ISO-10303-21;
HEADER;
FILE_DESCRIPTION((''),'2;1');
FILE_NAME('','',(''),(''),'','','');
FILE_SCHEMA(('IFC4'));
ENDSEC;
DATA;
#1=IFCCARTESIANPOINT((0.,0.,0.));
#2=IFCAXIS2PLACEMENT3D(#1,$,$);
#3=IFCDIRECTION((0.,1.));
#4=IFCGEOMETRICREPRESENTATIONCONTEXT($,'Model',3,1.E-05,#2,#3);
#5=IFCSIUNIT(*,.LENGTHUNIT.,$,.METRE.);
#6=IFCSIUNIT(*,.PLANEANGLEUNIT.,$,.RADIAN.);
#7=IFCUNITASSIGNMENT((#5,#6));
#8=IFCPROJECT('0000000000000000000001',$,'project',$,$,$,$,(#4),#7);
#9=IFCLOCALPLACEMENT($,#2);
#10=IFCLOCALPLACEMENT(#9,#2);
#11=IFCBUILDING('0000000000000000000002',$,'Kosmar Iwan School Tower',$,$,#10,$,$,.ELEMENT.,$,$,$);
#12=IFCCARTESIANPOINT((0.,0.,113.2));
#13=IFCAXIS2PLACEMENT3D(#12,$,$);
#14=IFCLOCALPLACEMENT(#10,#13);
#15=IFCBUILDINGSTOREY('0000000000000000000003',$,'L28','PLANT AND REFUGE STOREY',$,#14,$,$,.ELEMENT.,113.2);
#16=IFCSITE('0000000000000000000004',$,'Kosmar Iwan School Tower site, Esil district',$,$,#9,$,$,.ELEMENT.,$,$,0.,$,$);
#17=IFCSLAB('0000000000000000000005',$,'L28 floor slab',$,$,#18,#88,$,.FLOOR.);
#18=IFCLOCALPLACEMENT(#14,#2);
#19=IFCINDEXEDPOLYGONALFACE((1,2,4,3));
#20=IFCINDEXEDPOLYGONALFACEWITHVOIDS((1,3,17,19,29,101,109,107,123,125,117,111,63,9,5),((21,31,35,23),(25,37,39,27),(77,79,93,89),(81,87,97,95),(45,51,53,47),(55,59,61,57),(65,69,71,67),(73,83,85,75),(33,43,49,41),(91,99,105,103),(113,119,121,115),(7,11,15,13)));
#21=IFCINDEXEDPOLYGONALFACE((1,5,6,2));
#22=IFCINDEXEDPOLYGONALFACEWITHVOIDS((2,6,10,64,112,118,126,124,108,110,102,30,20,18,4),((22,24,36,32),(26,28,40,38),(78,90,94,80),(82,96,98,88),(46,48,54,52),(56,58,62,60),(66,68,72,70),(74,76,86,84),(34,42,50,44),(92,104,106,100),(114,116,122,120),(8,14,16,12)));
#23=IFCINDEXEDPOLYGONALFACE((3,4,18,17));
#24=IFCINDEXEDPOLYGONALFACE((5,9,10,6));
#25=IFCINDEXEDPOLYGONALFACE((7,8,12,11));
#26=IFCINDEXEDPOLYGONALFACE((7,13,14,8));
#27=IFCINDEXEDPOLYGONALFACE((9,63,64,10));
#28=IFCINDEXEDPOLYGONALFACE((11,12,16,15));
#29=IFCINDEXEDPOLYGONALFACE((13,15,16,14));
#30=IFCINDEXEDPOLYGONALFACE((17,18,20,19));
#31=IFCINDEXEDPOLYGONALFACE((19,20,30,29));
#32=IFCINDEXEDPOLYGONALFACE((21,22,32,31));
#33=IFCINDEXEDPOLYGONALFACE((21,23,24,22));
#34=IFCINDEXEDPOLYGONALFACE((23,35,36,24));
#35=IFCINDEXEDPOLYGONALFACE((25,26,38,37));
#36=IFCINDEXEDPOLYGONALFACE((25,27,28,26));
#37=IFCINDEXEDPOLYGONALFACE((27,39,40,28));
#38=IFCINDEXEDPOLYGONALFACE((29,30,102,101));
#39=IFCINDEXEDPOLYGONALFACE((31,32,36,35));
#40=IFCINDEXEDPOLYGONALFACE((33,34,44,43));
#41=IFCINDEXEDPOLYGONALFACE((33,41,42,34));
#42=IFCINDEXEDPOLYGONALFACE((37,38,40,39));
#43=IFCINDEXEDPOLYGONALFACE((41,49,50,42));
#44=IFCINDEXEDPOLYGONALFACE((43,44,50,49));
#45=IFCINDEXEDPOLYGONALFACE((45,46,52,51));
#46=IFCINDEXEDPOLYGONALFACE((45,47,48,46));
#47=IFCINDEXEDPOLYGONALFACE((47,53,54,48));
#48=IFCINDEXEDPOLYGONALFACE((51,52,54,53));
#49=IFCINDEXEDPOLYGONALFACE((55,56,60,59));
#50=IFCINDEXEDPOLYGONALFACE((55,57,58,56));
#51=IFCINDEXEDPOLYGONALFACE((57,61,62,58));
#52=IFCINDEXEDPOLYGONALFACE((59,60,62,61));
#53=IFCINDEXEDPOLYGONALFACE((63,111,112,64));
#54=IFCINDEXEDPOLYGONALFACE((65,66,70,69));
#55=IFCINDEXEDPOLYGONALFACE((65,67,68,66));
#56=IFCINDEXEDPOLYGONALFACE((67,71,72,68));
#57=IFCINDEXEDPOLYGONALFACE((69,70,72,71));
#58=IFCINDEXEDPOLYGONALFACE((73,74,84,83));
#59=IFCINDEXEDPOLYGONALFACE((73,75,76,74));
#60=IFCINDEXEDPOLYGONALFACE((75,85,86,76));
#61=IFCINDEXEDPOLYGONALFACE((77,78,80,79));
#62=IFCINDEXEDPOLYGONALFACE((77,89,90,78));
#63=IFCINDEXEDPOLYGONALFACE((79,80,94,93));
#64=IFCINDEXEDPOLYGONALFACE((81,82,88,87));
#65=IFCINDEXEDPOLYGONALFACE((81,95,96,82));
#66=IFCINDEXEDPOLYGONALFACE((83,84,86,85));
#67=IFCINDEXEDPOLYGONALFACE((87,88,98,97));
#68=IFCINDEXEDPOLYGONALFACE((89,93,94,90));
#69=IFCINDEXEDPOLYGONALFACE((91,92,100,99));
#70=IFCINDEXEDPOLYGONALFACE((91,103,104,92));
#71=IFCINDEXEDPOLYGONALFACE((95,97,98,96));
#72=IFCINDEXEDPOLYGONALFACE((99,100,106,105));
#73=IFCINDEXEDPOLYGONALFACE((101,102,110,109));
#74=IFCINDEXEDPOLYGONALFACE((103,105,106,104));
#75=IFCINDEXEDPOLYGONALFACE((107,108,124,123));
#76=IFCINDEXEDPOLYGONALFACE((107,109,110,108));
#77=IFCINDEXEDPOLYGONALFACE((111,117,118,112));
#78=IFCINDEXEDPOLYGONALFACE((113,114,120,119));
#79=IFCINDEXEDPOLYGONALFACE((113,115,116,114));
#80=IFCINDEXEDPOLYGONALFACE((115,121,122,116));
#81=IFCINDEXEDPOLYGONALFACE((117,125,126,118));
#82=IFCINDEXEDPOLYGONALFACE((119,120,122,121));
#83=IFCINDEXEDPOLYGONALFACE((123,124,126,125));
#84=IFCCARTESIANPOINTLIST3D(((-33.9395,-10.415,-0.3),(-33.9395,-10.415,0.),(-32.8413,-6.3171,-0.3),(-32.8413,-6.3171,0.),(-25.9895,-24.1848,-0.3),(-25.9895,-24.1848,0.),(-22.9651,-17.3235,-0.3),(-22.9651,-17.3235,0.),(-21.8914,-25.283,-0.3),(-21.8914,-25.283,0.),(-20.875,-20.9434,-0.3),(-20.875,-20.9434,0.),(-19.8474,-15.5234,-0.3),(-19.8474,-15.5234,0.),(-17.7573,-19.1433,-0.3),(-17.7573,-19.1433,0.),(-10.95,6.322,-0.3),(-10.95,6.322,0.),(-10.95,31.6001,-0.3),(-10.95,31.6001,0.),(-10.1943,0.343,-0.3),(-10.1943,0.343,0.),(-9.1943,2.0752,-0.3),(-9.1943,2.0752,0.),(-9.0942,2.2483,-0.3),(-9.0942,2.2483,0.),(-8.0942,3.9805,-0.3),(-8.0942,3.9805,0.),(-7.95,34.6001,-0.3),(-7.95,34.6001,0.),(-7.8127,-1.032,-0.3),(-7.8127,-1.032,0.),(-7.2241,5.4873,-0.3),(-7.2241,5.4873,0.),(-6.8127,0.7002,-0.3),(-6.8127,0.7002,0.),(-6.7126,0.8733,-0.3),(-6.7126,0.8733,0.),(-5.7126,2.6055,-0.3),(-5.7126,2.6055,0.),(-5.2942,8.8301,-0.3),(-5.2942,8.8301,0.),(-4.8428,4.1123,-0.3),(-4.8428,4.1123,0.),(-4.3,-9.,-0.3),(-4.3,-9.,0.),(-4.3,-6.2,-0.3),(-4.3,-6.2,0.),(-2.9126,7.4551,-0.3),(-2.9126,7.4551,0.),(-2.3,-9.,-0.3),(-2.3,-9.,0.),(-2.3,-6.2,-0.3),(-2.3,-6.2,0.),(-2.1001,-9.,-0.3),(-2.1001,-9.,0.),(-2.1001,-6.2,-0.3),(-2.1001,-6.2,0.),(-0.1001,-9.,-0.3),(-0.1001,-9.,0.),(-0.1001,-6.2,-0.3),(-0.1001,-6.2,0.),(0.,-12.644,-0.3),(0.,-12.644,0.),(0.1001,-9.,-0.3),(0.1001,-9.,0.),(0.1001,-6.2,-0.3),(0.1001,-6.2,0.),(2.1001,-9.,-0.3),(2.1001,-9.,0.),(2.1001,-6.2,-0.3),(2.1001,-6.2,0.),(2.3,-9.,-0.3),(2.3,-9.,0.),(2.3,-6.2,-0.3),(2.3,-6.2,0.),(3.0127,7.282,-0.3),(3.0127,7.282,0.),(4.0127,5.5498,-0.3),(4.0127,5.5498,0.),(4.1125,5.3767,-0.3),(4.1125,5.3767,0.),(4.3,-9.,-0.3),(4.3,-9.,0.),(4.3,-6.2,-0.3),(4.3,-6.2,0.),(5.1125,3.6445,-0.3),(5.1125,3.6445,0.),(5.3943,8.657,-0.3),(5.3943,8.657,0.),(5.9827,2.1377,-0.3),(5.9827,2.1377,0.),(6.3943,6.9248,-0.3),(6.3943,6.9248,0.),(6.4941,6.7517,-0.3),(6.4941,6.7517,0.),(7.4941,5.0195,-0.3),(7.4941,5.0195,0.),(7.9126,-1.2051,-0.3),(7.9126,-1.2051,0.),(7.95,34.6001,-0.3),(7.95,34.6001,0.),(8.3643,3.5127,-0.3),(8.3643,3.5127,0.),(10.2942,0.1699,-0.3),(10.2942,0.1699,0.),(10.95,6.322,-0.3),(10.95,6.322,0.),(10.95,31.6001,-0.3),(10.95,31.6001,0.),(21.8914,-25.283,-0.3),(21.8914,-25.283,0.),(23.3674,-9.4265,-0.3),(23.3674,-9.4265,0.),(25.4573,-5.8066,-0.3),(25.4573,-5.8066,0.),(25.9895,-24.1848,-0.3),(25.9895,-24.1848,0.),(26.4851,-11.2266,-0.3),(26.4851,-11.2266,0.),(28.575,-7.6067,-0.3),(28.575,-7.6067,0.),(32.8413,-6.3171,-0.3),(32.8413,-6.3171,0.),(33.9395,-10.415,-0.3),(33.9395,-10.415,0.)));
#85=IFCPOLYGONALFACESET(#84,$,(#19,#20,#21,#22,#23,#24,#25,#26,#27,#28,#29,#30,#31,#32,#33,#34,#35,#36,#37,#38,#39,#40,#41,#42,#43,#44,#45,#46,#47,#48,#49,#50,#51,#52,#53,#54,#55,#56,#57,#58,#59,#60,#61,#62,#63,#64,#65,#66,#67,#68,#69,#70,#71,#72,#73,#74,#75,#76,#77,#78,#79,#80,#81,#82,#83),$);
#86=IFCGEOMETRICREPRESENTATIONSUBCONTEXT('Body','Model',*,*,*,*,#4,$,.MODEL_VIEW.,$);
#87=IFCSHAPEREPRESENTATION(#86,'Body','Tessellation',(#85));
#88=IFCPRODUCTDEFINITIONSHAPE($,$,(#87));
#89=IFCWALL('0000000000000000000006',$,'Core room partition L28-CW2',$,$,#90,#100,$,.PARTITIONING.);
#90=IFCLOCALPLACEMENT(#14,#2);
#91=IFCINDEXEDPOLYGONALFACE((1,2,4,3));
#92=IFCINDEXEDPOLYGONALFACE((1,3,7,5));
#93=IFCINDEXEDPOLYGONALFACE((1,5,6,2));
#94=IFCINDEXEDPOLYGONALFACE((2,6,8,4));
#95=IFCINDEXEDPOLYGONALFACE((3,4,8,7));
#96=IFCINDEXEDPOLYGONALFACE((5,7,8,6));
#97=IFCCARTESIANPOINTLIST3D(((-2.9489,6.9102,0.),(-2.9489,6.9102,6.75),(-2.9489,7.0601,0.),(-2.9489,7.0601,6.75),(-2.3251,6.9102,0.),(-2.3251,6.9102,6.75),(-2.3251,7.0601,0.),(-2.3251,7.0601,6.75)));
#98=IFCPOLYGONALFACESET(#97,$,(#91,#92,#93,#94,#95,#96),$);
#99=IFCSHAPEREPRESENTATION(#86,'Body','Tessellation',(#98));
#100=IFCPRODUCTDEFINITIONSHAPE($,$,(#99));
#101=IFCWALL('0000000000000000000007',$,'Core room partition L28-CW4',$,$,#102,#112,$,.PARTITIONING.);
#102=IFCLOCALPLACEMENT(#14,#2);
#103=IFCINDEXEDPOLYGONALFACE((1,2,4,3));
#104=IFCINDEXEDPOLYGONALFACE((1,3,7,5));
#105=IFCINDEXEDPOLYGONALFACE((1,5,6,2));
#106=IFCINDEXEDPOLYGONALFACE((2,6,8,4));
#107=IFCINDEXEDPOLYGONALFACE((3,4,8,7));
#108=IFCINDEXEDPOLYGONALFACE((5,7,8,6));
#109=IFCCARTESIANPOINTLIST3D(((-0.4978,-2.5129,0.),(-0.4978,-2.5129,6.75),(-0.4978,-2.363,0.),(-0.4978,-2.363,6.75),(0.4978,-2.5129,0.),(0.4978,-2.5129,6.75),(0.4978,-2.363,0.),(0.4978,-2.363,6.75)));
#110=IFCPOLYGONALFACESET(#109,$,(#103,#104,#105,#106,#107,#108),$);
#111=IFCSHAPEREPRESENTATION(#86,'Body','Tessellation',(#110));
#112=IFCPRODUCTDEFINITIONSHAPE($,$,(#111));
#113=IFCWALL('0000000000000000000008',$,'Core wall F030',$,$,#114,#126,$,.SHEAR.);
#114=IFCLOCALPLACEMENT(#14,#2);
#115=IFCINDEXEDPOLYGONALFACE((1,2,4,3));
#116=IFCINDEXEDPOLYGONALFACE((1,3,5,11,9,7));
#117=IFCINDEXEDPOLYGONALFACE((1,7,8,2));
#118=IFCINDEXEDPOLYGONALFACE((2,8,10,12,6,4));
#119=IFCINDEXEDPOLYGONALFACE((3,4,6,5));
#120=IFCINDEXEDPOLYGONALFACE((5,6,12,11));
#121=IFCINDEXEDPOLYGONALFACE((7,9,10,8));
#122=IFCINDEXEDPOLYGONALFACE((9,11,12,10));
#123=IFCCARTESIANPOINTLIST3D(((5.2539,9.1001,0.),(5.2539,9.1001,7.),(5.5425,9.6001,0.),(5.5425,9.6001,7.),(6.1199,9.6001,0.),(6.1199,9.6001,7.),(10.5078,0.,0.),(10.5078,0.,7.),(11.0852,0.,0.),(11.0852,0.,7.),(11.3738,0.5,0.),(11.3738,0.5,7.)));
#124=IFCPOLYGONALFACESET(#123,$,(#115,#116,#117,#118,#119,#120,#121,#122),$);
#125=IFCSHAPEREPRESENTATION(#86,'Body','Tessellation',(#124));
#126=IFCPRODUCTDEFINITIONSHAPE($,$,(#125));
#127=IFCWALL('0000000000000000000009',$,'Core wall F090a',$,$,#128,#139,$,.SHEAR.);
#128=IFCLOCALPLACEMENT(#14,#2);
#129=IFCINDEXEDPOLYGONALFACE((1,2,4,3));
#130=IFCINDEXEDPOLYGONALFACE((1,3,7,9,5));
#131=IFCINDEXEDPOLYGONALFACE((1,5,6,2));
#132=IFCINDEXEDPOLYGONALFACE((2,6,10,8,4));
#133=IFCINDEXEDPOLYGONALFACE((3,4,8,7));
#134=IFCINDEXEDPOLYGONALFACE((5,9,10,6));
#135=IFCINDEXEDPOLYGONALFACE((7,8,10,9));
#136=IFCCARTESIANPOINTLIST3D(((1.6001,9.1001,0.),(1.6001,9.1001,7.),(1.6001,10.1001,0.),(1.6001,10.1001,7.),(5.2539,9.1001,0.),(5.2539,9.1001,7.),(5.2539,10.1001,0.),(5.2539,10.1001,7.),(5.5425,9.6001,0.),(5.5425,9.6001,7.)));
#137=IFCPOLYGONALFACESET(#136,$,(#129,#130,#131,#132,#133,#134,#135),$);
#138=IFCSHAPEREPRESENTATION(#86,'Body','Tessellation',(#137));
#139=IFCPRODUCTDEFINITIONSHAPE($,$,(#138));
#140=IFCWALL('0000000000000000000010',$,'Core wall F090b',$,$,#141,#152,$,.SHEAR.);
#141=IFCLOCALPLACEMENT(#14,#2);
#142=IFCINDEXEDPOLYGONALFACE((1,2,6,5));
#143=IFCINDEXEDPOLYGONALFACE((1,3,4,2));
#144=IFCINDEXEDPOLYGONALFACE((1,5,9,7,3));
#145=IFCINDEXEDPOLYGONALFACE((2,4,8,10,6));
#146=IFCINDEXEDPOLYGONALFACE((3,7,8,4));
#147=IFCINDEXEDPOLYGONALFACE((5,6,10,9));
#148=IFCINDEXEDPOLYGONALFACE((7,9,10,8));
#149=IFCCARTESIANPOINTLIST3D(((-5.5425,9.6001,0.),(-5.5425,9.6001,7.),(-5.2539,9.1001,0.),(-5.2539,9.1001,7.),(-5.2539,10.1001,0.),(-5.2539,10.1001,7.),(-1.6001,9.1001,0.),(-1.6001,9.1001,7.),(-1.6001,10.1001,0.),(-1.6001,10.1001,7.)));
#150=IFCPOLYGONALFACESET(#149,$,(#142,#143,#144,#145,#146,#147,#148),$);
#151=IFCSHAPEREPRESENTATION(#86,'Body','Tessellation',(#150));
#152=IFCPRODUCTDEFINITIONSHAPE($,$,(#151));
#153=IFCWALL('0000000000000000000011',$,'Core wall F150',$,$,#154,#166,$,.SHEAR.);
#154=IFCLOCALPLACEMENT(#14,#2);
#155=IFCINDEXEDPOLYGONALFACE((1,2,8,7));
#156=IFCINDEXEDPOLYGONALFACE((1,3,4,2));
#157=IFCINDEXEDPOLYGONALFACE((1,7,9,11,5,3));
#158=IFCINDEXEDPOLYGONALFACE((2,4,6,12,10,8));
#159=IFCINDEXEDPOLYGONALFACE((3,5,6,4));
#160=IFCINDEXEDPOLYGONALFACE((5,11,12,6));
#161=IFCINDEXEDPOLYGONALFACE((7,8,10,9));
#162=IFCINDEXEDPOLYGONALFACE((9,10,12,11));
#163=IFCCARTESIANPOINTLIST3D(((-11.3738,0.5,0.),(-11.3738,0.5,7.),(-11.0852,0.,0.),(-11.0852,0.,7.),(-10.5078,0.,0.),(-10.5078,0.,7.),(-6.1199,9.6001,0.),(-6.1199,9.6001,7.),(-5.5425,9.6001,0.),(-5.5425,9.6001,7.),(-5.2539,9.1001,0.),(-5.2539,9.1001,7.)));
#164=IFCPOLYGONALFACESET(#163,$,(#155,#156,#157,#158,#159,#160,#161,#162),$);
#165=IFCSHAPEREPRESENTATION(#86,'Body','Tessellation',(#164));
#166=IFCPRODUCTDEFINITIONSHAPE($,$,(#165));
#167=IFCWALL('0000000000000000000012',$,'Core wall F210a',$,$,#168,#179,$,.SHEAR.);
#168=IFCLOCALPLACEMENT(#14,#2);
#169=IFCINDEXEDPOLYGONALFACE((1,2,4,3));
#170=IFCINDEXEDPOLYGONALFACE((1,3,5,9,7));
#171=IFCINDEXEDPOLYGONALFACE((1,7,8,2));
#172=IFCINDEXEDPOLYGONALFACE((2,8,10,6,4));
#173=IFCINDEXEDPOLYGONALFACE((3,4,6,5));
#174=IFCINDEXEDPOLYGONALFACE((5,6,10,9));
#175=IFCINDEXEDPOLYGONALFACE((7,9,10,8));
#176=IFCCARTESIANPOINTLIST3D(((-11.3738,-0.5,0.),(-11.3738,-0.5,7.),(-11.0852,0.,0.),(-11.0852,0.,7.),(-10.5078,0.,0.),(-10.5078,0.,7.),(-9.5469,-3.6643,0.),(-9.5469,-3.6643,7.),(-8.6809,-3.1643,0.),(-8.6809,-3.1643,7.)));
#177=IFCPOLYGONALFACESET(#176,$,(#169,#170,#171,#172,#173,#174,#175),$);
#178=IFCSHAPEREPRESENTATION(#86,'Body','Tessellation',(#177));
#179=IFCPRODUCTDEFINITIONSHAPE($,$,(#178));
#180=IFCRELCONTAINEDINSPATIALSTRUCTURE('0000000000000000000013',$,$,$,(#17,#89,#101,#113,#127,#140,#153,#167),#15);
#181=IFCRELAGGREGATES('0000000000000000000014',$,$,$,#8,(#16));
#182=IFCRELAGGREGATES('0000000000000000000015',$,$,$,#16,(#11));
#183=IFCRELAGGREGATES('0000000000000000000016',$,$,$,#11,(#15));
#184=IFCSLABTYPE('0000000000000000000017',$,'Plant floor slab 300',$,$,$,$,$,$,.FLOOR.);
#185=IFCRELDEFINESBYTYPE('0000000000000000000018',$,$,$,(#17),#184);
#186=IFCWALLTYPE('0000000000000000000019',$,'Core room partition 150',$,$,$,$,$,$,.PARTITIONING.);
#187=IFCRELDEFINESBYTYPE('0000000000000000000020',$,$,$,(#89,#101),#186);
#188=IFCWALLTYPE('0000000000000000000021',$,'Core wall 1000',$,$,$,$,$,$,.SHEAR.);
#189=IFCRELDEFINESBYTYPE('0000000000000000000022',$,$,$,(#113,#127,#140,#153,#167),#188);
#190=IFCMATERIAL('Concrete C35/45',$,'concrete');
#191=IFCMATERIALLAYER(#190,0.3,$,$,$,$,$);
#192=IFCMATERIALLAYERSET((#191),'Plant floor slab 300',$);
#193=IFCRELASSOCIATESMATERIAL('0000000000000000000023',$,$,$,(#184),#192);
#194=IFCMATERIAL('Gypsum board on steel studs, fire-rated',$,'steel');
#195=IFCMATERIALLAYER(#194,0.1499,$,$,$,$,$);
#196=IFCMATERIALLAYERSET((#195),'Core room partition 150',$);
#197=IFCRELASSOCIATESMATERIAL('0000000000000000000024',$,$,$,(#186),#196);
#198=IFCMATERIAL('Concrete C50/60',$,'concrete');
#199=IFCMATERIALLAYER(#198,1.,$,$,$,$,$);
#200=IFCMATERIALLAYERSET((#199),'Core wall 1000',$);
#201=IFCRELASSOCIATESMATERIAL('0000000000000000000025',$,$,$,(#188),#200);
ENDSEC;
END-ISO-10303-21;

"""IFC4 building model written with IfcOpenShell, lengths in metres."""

from ifc_helpers import new_model, si_unit, direction, frame, frame_2d, origin, place, context, subcontext, project, spatial, polyline, rectangle, outline, extrude, material, layer, layer_set, type_object, element, save


model = new_model("IFC4")

# Units and contexts
model_context = context("Model", 3, precision=1e-05, world=origin(), true_north=direction((0.0, 1.0)))
body_context = subcontext(model_context, "Body", "Model", "MODEL_VIEW")
ifc_project = project(units=[si_unit("LENGTHUNIT", "METRE"), si_unit("PLANEANGLEUNIT", "RADIAN")], contexts=[model_context])

# Site, building, storey
site_placement = place(None, origin())
site = spatial("IfcSite", under=ifc_project, at=site_placement, Name="Kosmar Iwan School Tower site, Esil district", CompositionType="ELEMENT", RefElevation=0.0)
building_placement = place(site_placement, origin())
building = spatial("IfcBuilding", under=site, at=building_placement, Name="Kosmar Iwan School Tower", CompositionType="ELEMENT")
storey_placement = place(building_placement, frame((0.0, 0.0, 113.2)))
storey = spatial("IfcBuildingStorey", under=building, at=storey_placement, Name="L28", Description="PLANT AND REFUGE STOREY", CompositionType="ELEMENT", Elevation=113.2)

# Slab
ifc_material_1 = material(Name="Concrete C35/45", Category="concrete")
ifc_layer_1 = layer(ifc_material_1, 0.3)
ifc_layer_set_1 = layer_set([ifc_layer_1], Name="Plant floor slab 300")
slab_type = type_object("IfcSlabType", Name="Plant floor slab 300", PredefinedType="FLOOR", material=ifc_layer_set_1)
slab_placement = place(storey_placement, frame((0.0, 0.0, -0.3)))
element("IfcSlab", 1, at=slab_placement, inside=storey, type_object=slab_type, Name="L28 floor slab", PredefinedType="FLOOR", context=body_context, shape_type="SweptSolid", body=[
    extrude(outline(polyline([(-21.8914, -25.283), (0.0, -12.644), (21.8914, -25.283), (25.9895, -24.1848), (33.9395, -10.415), (32.8413, -6.3171), (10.95, 6.322), (10.95, 31.6001), (7.95, 34.6001), (-7.95, 34.6001), (-10.95, 31.6001), (-10.95, 6.322), (-32.8413, -6.3171), (-33.9395, -10.415), (-25.9895, -24.1848), (-21.8914, -25.283)]), holes=[polyline([(7.9126, -1.2051), (10.2942, 0.1699), (8.3643, 3.5127), (5.9827, 2.1377), (7.9126, -1.2051)]), polyline([(-2.9126, 7.4551), (-5.2942, 8.8301), (-7.2241, 5.4873), (-4.8428, 4.1123), (-2.9126, 7.4551)]), polyline([(-5.7126, 2.6055), (-8.0942, 3.9805), (-9.0942, 2.2483), (-6.7126, 0.8733), (-5.7126, 2.6055)]), polyline([(-6.8127, 0.7002), (-9.1943, 2.0752), (-10.1943, 0.343), (-7.8127, -1.032), (-6.8127, 0.7002)]), polyline([(5.1125, 3.6445), (7.4941, 5.0195), (6.4941, 6.7517), (4.1125, 5.3767), (5.1125, 3.6445)]), polyline([(4.0127, 5.5498), (6.3943, 6.9248), (5.3943, 8.657), (3.0127, 7.282), (4.0127, 5.5498)]), polyline([(-4.3, -6.2), (-4.3, -9.0), (-2.3, -9.0), (-2.3, -6.2), (-4.3, -6.2)]), polyline([(-2.1001, -6.2), (-2.1001, -9.0), (-0.1001, -9.0), (-0.1001, -6.2), (-2.1001, -6.2)]), polyline([(0.1001, -6.2), (0.1001, -9.0), (2.1001, -9.0), (2.1001, -6.2), (0.1001, -6.2)]), polyline([(2.3, -6.2), (2.3, -9.0), (4.3, -9.0), (4.3, -6.2), (2.3, -6.2)]), polyline([(-19.8474, -15.5234), (-22.9651, -17.3235), (-20.875, -20.9434), (-17.7573, -19.1433), (-19.8474, -15.5234)]), polyline([(23.3674, -9.4265), (26.4851, -11.2266), (28.575, -7.6067), (25.4573, -5.8066), (23.3674, -9.4265)])]), origin(), (0.0, 0.0, 1.0), 0.3),
])

# Walls
ifc_material_2 = material(Name="Gypsum board on steel studs, fire-rated", Category="steel")
ifc_layer_2 = layer(ifc_material_2, 0.1499)
ifc_layer_set_2 = layer_set([ifc_layer_2], Name="Core room partition 150")
wall_type_1 = type_object("IfcWallType", Name="Core room partition 150", PredefinedType="PARTITIONING", material=ifc_layer_set_2)
wall_1_placement = place(storey_placement, frame((-2.325, 6.9851, 0.0), z_axis=(0.0, 0.0, 1.0), x_axis=(-1.0, 0.0, 0.0)))
element("IfcWall", 2, at=wall_1_placement, inside=storey, type_object=wall_type_1, Name="Core room partition L28-CW2", PredefinedType="PARTITIONING", context=body_context, shape_type="SweptSolid", body=[
    extrude(rectangle(XDim=0.6238, YDim=0.1499, at=frame_2d((0.312, 0.0))), origin(), (0.0, 0.0, 1.0), 6.75),
])
wall_2_placement = place(storey_placement, frame((-0.4978, -2.438, 0.0), z_axis=(0.0, 0.0, 1.0), x_axis=(1.0, 0.0, 0.0)))
element("IfcWall", 3, at=wall_2_placement, inside=storey, type_object=wall_type_1, Name="Core room partition L28-CW4", PredefinedType="PARTITIONING", context=body_context, shape_type="SweptSolid", body=[
    extrude(rectangle(XDim=0.9956, YDim=0.1499, at=frame_2d((0.4978, 0.0))), origin(), (0.0, 0.0, 1.0), 6.75),
])
ifc_material_3 = material(Name="Concrete C50/60", Category="concrete")
ifc_layer_3 = layer(ifc_material_3, 1.0)
ifc_layer_set_3 = layer_set([ifc_layer_3], Name="Core wall 1000")
wall_type_2 = type_object("IfcWallType", Name="Core wall 1000", PredefinedType="SHEAR", material=ifc_layer_set_3)
wall_3_placement = place(storey_placement, origin())
element("IfcWall", 4, at=wall_3_placement, inside=storey, type_object=wall_type_2, Name="Core wall F030", PredefinedType="SHEAR", context=body_context, shape_type="SweptSolid", body=[
    extrude(outline(polyline([(10.5078, 0.0), (11.0852, 0.0), (11.3738, 0.5), (6.1199, 9.6001), (5.5425, 9.6001), (5.2539, 9.1001), (10.5078, 0.0)])), origin(), (0.0, 0.0, 1.0), 7.0),
])
wall_4_placement = place(storey_placement, origin())
element("IfcWall", 5, at=wall_4_placement, inside=storey, type_object=wall_type_2, Name="Core wall F090a", PredefinedType="SHEAR", context=body_context, shape_type="SweptSolid", body=[
    extrude(outline(polyline([(1.6001, 9.1001), (5.2539, 9.1001), (5.5425, 9.6001), (5.2539, 10.1001), (1.6001, 10.1001), (1.6001, 9.1001)])), origin(), (0.0, 0.0, 1.0), 7.0),
])
wall_5_placement = place(storey_placement, origin())
element("IfcWall", 6, at=wall_5_placement, inside=storey, type_object=wall_type_2, Name="Core wall F090b", PredefinedType="SHEAR", context=body_context, shape_type="SweptSolid", body=[
    extrude(outline(polyline([(-5.2539, 9.1001), (-1.6001, 9.1001), (-1.6001, 10.1001), (-5.2539, 10.1001), (-5.5425, 9.6001), (-5.2539, 9.1001)])), origin(), (0.0, 0.0, 1.0), 7.0),
])
wall_6_placement = place(storey_placement, origin())
element("IfcWall", 7, at=wall_6_placement, inside=storey, type_object=wall_type_2, Name="Core wall F150", PredefinedType="SHEAR", context=body_context, shape_type="SweptSolid", body=[
    extrude(outline(polyline([(-11.0852, 0.0), (-10.5078, 0.0), (-5.2539, 9.1001), (-5.5425, 9.6001), (-6.1199, 9.6001), (-11.3738, 0.5), (-11.0852, 0.0)])), origin(), (0.0, 0.0, 1.0), 7.0),
])
wall_7_placement = place(storey_placement, origin())
element("IfcWall", 8, at=wall_7_placement, inside=storey, type_object=wall_type_2, Name="Core wall F210a", PredefinedType="SHEAR", context=body_context, shape_type="SweptSolid", body=[
    extrude(outline(polyline([(-9.5469, -3.6643), (-8.6809, -3.1643), (-10.5078, 0.0), (-11.0852, 0.0), (-11.3738, -0.5), (-9.5469, -3.6643)])), origin(), (0.0, 0.0, 1.0), 7.0),
])

save(model, "model.ifc")
